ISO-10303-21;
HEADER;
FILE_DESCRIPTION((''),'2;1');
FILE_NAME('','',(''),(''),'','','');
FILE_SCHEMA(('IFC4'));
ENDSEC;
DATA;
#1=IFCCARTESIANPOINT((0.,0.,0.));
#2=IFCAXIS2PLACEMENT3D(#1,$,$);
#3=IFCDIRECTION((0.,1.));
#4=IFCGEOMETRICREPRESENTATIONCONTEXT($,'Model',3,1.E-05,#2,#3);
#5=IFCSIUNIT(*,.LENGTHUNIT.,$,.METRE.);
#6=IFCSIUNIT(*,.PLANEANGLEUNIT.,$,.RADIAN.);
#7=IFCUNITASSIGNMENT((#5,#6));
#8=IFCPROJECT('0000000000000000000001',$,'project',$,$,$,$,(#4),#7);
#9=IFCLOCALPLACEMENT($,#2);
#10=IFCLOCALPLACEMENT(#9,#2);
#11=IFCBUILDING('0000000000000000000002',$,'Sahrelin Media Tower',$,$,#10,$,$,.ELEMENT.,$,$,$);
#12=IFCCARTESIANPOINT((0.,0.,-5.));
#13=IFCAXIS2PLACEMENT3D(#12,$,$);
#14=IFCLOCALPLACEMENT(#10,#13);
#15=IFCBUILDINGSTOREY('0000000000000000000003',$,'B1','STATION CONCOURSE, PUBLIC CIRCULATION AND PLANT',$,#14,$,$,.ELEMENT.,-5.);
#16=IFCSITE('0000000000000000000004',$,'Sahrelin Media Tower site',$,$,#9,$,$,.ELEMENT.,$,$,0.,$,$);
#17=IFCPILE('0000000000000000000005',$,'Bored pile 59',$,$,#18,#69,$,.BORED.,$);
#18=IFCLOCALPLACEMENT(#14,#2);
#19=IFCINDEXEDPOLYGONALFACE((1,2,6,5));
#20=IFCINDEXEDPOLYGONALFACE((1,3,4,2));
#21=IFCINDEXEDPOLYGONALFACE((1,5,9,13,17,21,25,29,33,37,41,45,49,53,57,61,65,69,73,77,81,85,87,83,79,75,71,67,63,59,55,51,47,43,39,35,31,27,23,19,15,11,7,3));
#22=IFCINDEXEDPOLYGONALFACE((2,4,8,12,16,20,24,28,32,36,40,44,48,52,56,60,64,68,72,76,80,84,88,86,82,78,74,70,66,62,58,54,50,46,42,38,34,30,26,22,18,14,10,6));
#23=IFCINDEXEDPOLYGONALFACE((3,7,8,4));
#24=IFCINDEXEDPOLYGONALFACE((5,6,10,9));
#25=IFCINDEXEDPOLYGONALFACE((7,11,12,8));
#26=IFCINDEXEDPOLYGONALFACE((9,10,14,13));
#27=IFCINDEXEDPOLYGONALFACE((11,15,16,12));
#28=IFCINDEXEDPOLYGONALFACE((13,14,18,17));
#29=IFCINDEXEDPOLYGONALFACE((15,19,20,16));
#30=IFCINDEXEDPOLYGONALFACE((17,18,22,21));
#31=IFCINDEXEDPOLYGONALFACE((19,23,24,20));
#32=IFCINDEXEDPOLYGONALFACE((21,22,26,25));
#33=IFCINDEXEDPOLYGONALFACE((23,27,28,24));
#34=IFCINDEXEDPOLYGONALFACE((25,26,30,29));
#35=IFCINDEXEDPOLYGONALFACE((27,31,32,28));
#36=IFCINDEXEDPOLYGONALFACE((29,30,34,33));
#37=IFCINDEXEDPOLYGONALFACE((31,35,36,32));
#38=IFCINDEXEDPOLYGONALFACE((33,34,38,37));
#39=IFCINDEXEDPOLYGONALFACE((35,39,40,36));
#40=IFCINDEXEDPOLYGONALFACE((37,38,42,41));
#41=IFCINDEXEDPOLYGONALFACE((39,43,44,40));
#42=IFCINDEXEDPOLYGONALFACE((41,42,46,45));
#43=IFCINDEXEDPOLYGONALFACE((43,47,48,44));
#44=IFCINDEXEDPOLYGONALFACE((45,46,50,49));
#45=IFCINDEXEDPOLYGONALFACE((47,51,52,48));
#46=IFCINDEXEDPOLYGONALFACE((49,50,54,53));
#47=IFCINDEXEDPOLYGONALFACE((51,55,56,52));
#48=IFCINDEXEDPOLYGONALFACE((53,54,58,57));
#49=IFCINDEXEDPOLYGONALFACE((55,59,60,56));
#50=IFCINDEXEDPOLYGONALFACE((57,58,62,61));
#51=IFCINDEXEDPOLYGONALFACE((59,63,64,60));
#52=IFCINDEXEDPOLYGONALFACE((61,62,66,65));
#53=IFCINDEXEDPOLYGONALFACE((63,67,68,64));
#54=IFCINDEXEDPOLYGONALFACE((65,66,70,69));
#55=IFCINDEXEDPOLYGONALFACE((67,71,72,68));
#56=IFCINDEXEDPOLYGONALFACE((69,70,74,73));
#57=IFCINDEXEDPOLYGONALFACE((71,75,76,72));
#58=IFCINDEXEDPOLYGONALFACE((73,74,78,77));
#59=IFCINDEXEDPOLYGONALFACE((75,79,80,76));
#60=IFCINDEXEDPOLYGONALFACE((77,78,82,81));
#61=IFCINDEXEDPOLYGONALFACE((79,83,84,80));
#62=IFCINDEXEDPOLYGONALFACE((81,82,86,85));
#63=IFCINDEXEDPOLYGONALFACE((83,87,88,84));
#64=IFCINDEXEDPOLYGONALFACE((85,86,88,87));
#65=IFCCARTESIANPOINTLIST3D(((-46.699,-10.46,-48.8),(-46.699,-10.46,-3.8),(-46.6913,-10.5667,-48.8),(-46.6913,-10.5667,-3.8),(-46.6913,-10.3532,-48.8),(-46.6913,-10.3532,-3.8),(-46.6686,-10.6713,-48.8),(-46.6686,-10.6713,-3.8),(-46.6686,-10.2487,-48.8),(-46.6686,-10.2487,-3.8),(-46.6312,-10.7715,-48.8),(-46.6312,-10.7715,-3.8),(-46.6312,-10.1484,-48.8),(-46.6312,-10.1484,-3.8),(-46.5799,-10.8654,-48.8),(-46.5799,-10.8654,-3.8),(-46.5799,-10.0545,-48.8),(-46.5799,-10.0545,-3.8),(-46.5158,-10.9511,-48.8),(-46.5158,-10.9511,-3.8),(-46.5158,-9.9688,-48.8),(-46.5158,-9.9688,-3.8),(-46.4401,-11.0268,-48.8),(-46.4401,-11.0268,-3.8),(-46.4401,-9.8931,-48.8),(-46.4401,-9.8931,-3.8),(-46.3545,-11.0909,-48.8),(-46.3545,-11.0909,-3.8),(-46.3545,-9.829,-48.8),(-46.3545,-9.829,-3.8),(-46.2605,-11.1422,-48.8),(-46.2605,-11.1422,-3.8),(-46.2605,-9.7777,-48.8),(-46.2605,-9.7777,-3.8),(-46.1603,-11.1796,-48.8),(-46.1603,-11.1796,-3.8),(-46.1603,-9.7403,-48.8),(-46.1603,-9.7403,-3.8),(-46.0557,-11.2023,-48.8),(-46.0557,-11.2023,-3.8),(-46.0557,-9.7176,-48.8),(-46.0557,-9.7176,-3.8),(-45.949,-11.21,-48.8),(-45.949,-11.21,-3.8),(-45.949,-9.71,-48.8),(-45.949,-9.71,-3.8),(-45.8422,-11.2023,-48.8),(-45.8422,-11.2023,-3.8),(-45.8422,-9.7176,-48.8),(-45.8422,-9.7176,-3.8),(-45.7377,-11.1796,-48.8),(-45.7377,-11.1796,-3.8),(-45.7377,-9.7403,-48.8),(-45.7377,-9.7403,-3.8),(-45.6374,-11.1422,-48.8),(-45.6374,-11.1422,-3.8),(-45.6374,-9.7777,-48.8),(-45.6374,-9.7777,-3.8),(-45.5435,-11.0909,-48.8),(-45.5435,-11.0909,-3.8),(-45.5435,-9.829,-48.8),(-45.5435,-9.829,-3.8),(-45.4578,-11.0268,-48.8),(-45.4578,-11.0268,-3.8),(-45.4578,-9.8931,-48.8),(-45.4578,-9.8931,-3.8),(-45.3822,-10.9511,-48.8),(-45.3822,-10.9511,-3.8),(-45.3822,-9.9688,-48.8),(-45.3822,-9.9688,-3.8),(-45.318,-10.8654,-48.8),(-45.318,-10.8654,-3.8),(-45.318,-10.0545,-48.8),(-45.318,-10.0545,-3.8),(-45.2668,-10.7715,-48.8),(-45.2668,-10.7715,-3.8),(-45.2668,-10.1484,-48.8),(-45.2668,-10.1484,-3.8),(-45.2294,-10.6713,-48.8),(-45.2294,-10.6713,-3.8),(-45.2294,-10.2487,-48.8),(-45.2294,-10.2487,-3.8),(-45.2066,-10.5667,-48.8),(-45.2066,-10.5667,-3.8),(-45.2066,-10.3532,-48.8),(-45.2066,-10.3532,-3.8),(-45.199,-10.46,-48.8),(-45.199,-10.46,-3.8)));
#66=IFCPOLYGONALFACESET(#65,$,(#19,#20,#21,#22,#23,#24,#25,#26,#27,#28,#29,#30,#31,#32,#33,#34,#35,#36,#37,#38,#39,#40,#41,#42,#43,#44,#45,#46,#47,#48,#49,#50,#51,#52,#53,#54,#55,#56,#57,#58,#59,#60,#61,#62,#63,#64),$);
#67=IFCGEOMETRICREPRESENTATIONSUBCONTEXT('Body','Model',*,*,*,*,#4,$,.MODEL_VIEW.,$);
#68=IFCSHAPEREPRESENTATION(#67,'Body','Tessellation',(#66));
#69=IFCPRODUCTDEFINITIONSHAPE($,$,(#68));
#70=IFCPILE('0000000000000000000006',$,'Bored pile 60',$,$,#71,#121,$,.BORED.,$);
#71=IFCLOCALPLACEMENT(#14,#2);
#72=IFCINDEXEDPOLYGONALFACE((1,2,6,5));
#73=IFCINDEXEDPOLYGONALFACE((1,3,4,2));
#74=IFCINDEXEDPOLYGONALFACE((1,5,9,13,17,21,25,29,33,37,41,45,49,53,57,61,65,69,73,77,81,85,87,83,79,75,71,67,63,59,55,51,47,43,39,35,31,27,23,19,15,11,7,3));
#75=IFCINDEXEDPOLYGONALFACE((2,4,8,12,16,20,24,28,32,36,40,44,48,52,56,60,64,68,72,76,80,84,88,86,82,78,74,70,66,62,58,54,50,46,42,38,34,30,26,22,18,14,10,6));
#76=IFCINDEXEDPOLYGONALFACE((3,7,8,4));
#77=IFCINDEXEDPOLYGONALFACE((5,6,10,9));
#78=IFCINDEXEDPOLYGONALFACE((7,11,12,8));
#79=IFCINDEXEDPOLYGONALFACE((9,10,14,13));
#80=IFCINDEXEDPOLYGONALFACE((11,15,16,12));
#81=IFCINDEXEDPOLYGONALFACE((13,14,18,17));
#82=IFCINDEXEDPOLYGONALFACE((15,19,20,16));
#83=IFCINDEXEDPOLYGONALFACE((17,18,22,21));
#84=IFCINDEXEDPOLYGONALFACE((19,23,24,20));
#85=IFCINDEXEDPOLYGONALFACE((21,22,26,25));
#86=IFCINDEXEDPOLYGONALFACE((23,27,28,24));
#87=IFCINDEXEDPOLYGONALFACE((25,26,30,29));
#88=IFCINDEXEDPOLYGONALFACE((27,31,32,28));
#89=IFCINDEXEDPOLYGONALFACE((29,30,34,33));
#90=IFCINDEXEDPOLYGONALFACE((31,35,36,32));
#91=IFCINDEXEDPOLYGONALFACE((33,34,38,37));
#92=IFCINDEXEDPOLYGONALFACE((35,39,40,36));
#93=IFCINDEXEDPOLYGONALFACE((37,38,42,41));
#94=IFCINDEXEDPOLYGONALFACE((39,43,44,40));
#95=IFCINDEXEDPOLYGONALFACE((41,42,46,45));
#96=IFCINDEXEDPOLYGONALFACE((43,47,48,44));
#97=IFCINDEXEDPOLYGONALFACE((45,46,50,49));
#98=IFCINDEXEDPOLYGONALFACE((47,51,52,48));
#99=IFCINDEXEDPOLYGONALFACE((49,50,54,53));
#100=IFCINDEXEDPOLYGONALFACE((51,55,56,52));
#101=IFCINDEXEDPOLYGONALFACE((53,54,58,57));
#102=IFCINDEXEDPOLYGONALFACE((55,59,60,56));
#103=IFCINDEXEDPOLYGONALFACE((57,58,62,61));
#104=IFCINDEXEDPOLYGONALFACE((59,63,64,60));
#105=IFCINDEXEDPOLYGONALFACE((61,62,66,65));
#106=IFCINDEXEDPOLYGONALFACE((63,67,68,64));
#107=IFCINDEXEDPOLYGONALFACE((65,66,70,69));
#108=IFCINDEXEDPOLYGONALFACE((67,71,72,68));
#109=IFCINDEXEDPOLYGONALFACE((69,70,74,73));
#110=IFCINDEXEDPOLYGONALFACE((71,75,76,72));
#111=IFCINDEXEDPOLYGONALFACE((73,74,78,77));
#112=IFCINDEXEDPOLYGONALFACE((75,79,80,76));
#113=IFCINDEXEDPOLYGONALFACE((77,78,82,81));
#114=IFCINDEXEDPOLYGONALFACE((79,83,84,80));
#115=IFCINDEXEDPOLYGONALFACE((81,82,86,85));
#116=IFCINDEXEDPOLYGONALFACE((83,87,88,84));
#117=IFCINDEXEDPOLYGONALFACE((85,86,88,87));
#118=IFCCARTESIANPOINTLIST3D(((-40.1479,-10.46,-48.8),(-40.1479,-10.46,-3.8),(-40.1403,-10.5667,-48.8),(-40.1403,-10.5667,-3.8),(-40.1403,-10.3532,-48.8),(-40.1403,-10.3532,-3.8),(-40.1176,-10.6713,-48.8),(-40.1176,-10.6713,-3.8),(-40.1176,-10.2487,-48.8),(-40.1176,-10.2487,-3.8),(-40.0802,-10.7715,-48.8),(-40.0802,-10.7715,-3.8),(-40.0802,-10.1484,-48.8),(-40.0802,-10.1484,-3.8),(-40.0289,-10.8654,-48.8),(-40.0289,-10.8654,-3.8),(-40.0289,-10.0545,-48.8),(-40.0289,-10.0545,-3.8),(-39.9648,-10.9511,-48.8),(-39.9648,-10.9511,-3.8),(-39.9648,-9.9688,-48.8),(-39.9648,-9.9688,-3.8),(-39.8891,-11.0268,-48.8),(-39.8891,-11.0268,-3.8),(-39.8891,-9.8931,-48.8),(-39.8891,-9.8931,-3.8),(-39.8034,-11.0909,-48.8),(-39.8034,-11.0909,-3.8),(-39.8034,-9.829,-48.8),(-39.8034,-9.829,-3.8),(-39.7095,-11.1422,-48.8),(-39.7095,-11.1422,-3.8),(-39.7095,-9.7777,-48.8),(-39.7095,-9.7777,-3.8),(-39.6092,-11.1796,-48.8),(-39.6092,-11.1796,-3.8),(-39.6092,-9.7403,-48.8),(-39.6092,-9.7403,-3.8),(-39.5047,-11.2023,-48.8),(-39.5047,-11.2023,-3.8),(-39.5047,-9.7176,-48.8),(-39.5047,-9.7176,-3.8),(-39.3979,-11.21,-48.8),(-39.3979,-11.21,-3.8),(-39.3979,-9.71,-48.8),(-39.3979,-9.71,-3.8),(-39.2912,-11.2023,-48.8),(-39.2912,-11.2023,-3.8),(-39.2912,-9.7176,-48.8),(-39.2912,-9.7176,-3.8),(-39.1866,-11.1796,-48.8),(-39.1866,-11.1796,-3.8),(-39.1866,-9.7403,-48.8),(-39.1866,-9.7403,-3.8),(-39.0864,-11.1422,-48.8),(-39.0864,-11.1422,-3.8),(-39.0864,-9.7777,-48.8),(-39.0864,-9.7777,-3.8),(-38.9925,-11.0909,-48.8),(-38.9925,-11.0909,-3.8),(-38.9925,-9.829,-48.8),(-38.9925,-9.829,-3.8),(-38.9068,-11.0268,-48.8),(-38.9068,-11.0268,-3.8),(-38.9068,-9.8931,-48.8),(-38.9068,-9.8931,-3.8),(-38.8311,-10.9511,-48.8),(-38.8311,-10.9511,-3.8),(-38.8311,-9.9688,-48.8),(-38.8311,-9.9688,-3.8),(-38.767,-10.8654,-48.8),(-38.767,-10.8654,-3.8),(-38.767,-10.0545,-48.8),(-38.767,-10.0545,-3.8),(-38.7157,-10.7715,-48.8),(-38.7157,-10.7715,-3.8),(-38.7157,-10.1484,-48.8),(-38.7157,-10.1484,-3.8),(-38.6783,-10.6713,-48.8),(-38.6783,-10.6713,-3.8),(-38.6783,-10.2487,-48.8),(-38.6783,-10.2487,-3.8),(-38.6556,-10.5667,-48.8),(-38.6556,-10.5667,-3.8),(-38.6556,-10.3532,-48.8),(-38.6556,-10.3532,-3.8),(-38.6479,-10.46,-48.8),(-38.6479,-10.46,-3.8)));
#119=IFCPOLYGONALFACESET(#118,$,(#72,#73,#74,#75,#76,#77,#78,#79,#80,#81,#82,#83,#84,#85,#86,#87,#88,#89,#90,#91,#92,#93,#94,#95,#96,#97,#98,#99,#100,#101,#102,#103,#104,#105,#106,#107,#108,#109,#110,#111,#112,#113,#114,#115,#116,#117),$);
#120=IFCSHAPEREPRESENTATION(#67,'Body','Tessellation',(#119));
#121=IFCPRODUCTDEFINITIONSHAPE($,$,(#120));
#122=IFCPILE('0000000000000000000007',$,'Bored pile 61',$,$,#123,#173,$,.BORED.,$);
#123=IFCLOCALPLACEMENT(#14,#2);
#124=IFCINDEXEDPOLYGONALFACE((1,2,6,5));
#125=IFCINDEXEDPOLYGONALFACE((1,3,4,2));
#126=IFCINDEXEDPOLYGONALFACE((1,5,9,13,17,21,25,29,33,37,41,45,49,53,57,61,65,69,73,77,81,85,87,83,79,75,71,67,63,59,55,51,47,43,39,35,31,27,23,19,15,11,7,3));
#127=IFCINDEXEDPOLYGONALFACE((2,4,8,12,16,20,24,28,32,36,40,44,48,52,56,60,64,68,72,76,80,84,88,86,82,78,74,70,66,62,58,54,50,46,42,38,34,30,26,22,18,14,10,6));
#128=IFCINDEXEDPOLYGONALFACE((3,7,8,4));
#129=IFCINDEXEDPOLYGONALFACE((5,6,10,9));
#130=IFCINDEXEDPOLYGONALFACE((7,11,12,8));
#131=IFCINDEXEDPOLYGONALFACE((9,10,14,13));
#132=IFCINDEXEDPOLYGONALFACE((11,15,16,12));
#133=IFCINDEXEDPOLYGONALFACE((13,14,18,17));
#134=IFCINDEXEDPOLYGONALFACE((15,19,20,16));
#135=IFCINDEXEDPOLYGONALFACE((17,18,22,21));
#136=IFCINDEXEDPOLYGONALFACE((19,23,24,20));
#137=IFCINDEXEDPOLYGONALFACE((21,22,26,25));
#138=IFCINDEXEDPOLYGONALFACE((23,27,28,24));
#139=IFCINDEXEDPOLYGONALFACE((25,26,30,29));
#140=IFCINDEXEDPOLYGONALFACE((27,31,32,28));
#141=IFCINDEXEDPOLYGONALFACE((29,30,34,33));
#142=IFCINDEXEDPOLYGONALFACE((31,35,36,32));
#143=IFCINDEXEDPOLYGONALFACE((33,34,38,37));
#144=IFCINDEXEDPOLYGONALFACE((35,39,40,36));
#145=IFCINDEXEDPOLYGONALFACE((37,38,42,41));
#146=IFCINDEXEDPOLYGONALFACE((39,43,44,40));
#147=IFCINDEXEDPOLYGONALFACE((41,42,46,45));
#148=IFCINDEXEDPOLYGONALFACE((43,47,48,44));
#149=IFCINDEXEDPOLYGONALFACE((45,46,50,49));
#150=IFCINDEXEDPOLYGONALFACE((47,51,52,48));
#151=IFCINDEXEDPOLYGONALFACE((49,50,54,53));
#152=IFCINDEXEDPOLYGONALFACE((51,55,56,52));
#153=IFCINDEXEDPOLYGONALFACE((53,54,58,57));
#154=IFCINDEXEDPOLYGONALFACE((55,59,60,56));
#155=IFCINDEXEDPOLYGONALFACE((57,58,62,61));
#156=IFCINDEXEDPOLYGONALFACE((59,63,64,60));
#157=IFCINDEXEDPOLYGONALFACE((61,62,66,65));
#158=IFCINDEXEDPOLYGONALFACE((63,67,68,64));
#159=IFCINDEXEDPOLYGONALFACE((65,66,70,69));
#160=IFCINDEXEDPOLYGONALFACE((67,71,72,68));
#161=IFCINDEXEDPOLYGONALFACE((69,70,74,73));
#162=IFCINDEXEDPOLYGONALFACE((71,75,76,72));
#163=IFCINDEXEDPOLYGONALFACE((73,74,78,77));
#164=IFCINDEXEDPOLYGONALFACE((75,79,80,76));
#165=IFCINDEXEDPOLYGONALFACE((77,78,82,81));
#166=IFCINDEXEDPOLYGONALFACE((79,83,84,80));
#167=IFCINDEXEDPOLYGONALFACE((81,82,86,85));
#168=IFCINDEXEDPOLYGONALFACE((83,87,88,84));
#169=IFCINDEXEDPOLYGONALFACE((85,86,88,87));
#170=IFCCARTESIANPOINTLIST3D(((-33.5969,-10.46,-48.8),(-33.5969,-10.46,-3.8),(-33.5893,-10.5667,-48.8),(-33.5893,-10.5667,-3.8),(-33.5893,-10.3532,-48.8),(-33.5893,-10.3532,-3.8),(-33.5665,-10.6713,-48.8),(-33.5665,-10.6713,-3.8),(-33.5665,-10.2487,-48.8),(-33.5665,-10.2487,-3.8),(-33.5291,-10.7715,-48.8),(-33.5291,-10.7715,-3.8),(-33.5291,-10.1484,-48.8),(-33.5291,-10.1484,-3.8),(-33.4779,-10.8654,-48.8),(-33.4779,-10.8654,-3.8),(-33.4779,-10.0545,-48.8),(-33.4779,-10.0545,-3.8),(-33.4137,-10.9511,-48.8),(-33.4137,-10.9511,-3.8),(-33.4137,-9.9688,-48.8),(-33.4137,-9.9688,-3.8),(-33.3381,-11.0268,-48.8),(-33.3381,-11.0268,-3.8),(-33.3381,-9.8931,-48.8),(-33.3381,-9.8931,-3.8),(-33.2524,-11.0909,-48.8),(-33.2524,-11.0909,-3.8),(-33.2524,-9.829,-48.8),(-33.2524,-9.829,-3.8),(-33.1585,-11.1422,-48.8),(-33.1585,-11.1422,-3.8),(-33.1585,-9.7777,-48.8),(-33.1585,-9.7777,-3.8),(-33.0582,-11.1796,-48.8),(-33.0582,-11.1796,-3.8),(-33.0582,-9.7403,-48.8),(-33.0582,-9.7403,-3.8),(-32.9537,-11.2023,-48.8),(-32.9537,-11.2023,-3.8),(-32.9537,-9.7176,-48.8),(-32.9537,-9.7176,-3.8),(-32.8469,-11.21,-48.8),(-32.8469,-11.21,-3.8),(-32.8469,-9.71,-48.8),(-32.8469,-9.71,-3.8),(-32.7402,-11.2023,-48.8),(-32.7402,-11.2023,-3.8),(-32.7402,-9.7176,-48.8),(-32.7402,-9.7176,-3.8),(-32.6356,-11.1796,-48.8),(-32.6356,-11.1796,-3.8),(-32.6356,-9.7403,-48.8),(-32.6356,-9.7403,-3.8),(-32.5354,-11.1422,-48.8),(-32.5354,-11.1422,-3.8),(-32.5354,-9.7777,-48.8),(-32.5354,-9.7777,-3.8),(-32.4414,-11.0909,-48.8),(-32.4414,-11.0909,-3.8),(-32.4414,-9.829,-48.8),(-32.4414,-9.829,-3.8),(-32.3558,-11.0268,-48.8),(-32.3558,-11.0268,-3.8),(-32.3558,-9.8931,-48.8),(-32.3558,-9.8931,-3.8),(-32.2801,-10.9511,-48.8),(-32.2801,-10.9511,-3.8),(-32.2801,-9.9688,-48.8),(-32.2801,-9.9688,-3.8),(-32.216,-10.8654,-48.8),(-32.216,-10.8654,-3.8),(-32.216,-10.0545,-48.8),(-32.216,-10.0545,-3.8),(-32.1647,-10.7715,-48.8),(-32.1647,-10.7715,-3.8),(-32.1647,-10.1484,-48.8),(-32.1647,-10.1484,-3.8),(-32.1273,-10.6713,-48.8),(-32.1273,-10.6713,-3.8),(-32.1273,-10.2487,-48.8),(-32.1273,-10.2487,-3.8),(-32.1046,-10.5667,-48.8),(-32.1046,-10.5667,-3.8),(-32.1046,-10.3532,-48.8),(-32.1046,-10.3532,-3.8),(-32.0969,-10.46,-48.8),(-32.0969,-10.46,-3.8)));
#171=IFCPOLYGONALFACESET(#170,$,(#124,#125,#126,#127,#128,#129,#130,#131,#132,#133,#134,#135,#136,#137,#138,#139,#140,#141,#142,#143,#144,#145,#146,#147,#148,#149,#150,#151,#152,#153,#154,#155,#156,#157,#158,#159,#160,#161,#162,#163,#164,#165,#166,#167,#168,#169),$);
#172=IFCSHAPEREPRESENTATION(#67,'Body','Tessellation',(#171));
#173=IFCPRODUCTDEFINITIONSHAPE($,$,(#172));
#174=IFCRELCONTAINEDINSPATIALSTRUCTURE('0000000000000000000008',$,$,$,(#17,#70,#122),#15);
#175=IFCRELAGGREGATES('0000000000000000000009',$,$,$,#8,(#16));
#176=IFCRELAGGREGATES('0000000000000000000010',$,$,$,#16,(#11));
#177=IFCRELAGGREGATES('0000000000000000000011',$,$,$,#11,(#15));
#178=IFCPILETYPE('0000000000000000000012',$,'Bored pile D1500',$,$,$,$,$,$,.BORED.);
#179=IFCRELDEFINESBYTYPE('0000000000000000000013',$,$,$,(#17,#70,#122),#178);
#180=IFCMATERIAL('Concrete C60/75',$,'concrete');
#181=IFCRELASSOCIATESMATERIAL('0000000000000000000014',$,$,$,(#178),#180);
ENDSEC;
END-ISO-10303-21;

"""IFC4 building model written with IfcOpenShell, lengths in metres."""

from ifc_helpers import new_model, si_unit, direction, frame, origin, origin_2d, place, context, subcontext, project, spatial, circle, extrude, material, material_profile, profile_set, type_object, element, save


model = new_model("IFC4")

# Units and contexts
model_context = context("Model", 3, precision=1e-05, world=origin(), true_north=direction((0.0, 1.0)))
body_context = subcontext(model_context, "Body", "Model", "MODEL_VIEW")
ifc_project = project(units=[si_unit("LENGTHUNIT", "METRE"), si_unit("PLANEANGLEUNIT", "RADIAN")], contexts=[model_context])

# Site, building, storey
site_placement = place(None, origin())
site = spatial("IfcSite", under=ifc_project, at=site_placement, Name="Sahrelin Media Tower site", CompositionType="ELEMENT", RefElevation=0.0)
building_placement = place(site_placement, origin())
building = spatial("IfcBuilding", under=site, at=building_placement, Name="Sahrelin Media Tower", CompositionType="ELEMENT")
storey_placement = place(building_placement, frame((0.0, 0.0, -5.0)))
storey = spatial("IfcBuildingStorey", under=building, at=storey_placement, Name="B1", Description="STATION CONCOURSE, PUBLIC CIRCULATION AND PLANT", CompositionType="ELEMENT", Elevation=-5.0)

# Piles
ifc_material_1 = material(Name="Concrete C60/75", Category="concrete")
ifc_material_profile_1 = material_profile(ifc_material_1, circle(Radius=0.75, at=origin_2d()), Name="Bored pile D1500")
ifc_profile_set_1 = profile_set([ifc_material_profile_1], Name="Concrete C60/75")
pile_type = type_object("IfcPileType", Name="Bored pile D1500", PredefinedType="BORED", material=ifc_profile_set_1)
for number, where, z_axis, x_axis, name in (
    (1, (-45.949, -10.46, -3.8), (0.0, 0.0, -1.0), (1.0, 0.0, 0.0), "Bored pile 59"),
    (2, (-39.3979, -10.46, -3.8), (0.0, 0.0, -1.0), (1.0, 0.0, 0.0), "Bored pile 60"),
    (3, (-32.8469, -10.46, -3.8), (0.0, 0.0, -1.0), (1.0, 0.0, 0.0), "Bored pile 61"),
):
    element("IfcPile", number, at=place(storey_placement, frame(where, z_axis=z_axis, x_axis=x_axis)), inside=storey, type_object=pile_type, Name=name, PredefinedType="BORED", context=body_context, shape_type="SweptSolid", body=[
        extrude(circle(Radius=0.75, at=origin_2d()), origin(), (0.0, 0.0, 1.0), 45.0),
    ])

save(model, "model.ifc")
